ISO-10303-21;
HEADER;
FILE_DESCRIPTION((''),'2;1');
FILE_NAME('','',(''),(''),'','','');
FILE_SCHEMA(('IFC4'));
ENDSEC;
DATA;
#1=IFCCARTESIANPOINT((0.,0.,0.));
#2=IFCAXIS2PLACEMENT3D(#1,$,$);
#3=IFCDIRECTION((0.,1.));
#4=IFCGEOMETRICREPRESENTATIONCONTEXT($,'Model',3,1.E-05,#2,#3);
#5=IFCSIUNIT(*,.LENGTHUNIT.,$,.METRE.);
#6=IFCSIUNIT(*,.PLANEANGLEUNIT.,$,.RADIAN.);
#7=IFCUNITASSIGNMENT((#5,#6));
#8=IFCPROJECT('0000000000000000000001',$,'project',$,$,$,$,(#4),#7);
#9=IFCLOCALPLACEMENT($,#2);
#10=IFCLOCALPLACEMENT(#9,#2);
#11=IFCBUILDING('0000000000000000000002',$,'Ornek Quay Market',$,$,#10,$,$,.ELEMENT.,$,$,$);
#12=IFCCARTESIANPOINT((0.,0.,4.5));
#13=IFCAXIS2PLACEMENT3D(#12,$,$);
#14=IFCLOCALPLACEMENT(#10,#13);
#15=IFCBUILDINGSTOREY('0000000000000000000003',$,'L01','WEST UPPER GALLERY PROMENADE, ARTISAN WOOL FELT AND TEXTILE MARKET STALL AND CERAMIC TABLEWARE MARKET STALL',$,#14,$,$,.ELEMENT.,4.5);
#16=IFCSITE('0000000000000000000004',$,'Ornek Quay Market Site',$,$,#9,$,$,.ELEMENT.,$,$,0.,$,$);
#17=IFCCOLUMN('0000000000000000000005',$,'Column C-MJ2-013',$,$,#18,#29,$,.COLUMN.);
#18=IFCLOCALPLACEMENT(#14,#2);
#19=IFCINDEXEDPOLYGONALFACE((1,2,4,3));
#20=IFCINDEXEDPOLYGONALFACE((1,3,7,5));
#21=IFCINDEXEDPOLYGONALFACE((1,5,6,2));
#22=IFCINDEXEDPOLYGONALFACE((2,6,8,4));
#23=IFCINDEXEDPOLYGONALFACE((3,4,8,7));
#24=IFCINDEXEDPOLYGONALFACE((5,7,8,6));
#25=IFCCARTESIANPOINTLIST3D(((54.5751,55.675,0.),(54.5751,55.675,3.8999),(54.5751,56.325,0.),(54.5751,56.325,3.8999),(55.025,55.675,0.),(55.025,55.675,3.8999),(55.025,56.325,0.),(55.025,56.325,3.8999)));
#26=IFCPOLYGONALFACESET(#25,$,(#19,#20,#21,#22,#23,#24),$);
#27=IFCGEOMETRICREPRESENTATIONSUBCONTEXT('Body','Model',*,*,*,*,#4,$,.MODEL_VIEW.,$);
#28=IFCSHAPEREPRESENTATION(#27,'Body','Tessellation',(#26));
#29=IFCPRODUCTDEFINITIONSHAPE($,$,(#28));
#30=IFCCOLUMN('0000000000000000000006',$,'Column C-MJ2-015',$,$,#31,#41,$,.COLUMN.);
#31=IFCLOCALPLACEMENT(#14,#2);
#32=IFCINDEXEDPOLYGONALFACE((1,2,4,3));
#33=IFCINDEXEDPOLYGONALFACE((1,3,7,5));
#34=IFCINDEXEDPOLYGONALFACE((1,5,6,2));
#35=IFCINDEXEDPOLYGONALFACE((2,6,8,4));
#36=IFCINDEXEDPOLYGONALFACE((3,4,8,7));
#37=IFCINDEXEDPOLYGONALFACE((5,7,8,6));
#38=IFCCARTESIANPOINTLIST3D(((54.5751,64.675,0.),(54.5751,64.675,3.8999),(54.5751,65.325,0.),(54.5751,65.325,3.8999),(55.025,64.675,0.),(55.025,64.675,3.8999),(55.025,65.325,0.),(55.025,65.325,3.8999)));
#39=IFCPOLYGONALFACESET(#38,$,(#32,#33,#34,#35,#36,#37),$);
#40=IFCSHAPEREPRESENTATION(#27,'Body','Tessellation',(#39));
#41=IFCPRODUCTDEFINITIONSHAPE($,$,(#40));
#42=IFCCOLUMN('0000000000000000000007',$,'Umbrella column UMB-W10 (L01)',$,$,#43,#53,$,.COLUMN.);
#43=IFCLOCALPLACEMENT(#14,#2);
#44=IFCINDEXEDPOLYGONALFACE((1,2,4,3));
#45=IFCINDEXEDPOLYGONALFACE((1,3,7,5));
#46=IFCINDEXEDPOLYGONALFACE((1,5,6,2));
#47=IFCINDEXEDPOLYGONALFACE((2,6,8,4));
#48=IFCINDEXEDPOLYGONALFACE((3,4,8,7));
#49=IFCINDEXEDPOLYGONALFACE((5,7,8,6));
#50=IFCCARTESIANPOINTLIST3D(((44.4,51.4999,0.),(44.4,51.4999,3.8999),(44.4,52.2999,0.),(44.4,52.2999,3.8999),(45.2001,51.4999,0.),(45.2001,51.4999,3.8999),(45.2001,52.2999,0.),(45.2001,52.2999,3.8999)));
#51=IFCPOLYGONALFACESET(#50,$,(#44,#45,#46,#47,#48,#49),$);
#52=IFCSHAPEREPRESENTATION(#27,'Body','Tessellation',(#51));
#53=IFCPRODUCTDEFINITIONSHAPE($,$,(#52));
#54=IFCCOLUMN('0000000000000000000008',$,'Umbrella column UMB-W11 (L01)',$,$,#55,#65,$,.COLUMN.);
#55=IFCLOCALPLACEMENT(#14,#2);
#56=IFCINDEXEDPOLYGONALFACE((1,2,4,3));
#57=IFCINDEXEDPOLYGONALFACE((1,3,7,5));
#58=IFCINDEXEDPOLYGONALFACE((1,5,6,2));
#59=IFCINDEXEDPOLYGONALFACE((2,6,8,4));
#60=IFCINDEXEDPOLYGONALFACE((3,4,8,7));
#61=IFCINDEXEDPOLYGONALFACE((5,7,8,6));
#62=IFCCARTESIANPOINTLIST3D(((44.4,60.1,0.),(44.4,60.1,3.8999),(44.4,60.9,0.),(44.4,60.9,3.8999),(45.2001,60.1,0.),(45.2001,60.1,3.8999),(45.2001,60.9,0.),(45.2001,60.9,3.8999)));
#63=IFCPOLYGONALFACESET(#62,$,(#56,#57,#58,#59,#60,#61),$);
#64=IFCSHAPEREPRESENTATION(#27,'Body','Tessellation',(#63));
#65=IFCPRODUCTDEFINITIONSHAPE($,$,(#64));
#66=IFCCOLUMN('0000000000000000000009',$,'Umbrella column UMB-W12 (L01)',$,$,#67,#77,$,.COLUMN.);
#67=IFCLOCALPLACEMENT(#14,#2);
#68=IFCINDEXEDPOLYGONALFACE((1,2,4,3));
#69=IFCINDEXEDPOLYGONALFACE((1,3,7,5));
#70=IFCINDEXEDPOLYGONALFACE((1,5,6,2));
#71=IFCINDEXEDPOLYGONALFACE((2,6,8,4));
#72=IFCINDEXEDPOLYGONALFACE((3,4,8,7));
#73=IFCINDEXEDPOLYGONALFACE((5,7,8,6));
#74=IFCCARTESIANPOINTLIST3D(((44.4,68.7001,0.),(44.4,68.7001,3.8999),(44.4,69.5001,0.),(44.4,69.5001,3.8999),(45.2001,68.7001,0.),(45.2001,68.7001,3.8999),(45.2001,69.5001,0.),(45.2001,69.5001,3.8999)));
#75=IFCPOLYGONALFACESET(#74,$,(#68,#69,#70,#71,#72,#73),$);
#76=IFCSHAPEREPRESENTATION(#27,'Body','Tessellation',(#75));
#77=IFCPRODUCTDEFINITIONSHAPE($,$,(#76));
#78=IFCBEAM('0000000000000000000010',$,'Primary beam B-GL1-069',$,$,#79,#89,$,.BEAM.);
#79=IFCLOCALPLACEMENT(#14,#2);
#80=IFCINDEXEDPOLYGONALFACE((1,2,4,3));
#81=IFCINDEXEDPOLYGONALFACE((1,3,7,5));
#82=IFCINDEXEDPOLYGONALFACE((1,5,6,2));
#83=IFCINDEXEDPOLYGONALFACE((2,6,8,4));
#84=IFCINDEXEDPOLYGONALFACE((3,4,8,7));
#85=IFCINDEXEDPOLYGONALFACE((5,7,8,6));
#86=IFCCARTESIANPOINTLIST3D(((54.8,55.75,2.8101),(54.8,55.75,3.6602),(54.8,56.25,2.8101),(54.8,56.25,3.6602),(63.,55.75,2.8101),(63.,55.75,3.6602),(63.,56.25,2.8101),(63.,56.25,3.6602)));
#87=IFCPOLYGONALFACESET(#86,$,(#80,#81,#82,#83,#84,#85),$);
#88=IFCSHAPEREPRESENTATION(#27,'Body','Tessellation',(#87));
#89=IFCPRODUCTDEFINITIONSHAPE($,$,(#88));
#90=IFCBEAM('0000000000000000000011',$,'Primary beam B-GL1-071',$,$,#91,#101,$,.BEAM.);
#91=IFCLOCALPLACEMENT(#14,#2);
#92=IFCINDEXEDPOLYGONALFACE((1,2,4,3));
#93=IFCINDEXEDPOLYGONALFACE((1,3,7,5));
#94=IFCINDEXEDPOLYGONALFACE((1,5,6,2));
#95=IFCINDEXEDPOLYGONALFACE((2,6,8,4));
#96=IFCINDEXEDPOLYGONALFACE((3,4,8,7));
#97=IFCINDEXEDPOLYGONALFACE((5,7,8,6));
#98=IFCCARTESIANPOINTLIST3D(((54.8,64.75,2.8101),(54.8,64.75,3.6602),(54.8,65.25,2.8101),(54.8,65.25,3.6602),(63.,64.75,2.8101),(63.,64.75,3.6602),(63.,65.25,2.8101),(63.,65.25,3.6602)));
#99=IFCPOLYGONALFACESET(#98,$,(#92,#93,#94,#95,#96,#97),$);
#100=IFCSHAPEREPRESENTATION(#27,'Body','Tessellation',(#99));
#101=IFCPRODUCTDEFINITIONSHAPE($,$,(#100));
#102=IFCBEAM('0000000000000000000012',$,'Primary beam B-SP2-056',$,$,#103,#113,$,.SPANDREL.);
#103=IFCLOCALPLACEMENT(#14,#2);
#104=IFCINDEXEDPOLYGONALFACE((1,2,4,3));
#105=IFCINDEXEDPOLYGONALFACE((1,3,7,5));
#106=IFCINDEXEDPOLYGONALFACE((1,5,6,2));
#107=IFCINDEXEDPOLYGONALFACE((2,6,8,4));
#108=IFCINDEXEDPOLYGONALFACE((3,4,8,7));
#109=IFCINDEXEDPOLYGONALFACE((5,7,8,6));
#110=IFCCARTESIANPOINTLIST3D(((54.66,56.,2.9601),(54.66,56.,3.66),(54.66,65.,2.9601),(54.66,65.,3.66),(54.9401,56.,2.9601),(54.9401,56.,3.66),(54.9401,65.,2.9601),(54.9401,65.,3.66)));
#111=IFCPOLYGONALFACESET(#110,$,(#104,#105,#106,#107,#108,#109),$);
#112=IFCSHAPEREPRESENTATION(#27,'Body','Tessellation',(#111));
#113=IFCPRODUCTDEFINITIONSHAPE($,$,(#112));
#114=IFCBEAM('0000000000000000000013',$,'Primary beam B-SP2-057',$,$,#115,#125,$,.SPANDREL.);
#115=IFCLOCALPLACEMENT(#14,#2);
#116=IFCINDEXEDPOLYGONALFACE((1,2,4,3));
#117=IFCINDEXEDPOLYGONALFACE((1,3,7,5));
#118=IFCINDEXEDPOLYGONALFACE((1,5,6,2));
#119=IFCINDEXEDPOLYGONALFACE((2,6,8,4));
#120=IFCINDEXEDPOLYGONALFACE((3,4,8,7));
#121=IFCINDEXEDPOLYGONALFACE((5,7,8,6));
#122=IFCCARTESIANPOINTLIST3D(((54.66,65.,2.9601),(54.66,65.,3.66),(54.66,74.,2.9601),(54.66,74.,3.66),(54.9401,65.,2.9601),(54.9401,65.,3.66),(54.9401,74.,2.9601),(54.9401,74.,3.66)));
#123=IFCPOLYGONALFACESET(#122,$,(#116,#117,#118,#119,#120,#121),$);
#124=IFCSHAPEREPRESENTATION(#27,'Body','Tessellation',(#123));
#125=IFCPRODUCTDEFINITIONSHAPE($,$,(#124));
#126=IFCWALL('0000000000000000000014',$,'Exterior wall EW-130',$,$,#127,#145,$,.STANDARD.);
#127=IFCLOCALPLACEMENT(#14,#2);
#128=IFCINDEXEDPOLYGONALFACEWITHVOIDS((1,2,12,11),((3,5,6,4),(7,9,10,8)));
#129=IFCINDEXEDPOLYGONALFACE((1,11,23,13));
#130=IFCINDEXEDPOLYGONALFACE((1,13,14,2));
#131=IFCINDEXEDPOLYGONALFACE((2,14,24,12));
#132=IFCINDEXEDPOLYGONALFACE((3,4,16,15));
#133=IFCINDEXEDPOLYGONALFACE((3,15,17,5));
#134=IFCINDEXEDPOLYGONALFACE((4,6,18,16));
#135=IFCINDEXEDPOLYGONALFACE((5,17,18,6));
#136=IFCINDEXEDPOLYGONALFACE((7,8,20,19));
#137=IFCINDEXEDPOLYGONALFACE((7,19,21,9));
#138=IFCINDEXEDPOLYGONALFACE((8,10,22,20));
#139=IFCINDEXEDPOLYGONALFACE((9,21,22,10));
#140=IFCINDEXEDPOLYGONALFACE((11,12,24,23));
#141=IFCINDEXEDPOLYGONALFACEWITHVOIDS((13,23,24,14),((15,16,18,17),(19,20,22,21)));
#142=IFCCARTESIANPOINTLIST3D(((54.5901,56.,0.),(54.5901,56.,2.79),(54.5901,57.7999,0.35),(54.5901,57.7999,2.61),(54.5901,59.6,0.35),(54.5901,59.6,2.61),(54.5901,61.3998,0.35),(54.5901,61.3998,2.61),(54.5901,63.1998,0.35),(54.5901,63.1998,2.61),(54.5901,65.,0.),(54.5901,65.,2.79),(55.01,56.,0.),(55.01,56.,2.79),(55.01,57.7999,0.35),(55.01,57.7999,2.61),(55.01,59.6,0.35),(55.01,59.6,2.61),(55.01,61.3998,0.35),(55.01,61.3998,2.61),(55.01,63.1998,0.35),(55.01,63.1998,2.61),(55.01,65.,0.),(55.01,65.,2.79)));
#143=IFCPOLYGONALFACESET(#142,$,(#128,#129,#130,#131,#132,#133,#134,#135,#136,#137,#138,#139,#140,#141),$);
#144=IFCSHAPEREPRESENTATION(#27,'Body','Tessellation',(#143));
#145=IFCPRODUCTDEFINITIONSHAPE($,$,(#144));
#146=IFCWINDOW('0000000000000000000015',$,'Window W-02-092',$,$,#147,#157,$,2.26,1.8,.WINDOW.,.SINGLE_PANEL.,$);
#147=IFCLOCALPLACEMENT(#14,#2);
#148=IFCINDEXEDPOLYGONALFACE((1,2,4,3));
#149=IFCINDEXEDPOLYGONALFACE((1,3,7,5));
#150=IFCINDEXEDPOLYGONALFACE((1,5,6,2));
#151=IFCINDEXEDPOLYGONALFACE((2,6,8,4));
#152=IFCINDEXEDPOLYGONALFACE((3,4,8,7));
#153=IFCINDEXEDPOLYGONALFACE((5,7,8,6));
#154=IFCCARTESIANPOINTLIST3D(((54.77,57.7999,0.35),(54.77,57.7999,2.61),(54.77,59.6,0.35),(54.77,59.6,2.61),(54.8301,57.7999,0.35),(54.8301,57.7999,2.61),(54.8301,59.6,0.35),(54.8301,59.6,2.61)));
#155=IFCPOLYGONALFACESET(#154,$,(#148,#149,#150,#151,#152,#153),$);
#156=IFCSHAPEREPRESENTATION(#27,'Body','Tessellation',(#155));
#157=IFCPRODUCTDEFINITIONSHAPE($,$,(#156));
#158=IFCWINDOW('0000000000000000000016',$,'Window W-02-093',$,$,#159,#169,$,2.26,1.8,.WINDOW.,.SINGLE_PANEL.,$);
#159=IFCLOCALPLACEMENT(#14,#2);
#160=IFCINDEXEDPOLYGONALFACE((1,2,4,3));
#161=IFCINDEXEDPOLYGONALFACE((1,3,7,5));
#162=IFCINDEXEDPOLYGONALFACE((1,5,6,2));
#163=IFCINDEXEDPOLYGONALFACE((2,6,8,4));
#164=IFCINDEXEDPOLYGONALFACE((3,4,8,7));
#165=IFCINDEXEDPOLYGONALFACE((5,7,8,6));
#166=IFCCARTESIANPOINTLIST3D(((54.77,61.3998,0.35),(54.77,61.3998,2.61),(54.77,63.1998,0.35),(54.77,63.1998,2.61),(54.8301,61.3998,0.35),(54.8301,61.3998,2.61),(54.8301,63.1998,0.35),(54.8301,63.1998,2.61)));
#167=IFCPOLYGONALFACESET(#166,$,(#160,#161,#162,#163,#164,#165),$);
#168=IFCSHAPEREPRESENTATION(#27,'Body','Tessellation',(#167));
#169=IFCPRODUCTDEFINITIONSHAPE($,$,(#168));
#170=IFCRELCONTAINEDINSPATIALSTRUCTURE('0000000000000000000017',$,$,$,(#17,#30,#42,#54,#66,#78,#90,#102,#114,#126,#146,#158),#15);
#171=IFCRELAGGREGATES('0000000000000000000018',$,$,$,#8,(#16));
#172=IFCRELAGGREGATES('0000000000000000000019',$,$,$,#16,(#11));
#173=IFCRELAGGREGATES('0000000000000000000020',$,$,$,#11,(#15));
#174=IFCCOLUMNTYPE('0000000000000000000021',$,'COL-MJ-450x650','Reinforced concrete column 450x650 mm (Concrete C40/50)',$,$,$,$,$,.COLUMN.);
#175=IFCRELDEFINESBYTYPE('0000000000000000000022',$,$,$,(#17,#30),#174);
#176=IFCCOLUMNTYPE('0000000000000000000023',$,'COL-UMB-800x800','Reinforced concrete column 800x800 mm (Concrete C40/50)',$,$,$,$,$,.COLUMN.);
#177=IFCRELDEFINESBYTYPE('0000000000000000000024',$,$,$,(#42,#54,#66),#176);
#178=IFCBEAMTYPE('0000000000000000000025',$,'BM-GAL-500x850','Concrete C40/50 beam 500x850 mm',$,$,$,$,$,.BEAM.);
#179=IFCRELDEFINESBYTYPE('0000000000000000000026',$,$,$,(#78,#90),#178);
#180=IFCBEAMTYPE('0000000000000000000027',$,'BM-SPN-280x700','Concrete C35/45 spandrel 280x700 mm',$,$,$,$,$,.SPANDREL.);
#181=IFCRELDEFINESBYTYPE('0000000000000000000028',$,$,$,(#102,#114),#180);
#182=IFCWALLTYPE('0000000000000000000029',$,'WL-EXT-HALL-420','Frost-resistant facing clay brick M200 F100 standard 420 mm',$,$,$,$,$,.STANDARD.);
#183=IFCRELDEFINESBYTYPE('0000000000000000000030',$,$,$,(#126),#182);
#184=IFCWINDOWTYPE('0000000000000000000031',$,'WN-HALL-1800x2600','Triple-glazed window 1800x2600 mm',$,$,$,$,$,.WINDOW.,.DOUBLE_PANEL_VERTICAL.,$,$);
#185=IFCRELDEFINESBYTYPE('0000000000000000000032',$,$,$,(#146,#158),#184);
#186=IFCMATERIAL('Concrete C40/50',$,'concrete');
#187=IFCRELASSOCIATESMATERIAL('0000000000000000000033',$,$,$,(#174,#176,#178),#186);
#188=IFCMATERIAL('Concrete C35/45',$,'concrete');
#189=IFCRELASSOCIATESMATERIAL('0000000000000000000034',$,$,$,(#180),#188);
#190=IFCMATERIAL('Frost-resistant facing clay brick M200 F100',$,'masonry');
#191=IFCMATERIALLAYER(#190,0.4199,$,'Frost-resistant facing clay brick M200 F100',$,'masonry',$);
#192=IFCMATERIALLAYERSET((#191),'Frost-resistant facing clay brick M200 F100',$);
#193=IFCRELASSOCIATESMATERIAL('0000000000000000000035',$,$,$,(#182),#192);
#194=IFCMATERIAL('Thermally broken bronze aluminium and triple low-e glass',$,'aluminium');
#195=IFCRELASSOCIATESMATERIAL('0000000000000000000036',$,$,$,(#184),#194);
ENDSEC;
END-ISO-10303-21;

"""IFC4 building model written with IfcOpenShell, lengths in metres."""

from ifc_helpers import new_model, si_unit, direction, frame, frame_2d, origin, origin_2d, place, context, subcontext, project, spatial, rectangle, extrude, material, layer, layer_set, material_profile, profile_set, type_object, element, fill, save


model = new_model("IFC4")

# Units and contexts
model_context = context("Model", 3, precision=1e-05, world=origin(), true_north=direction((0.0, 1.0)))
body_context = subcontext(model_context, "Body", "Model", "MODEL_VIEW")
ifc_project = project(units=[si_unit("LENGTHUNIT", "METRE"), si_unit("PLANEANGLEUNIT", "RADIAN")], contexts=[model_context])

# Site, building, storey
site_placement = place(None, origin())
site = spatial("IfcSite", under=ifc_project, at=site_placement, Name="Ornek Quay Market Site", CompositionType="ELEMENT", RefElevation=0.0)
building_placement = place(site_placement, origin())
building = spatial("IfcBuilding", under=site, at=building_placement, Name="Ornek Quay Market", CompositionType="ELEMENT")
storey_placement = place(building_placement, frame((0.0, 0.0, 4.5)))
storey = spatial("IfcBuildingStorey", under=building, at=storey_placement, Name="L01", Description="WEST UPPER GALLERY PROMENADE, ARTISAN WOOL FELT AND TEXTILE MARKET STALL AND CERAMIC TABLEWARE MARKET STALL", CompositionType="ELEMENT", Elevation=4.5)

# Columns
ifc_material_1 = material(Name="Concrete C40/50", Category="concrete")
ifc_material_profile_1 = material_profile(ifc_material_1, rectangle(XDim=0.45, YDim=0.6499, at=origin_2d()), Name="RC 450x650", Category="concrete")
ifc_profile_set_1 = profile_set([ifc_material_profile_1], Name="Concrete C40/50")
column_type_1 = type_object("IfcColumnType", Name="COL-MJ-450x650", Description="Reinforced concrete column 450x650 mm (Concrete C40/50)", PredefinedType="COLUMN", material=ifc_profile_set_1)
for number, where, z_axis, x_axis, name in (
    (1, (54.8, 56.0, 0.0), (0.0, 0.0, 1.0), (1.0, 0.0, 0.0), "Column C-MJ2-013"),
    (2, (54.8, 65.0, 0.0), (0.0, 0.0, 1.0), (1.0, 0.0, 0.0), "Column C-MJ2-015"),
):
    element("IfcColumn", number, at=place(storey_placement, frame(where, z_axis=z_axis, x_axis=x_axis)), inside=storey, type_object=column_type_1, Name=name, PredefinedType="COLUMN", context=body_context, shape_type="SweptSolid", body=[
        extrude(rectangle(XDim=0.45, YDim=0.6499, at=origin_2d()), origin(), (0.0, 0.0, 1.0), 3.8999),
    ])
ifc_material_profile_2 = material_profile(ifc_material_1, rectangle(XDim=0.8, YDim=0.8, at=origin_2d()), Name="RC 800x800", Category="concrete")
ifc_profile_set_2 = profile_set([ifc_material_profile_2], Name="Concrete C40/50")
column_type_2 = type_object("IfcColumnType", Name="COL-UMB-800x800", Description="Reinforced concrete column 800x800 mm (Concrete C40/50)", PredefinedType="COLUMN", material=ifc_profile_set_2)
for number, where, z_axis, x_axis, name in (
    (3, (44.8, 51.8999, 0.0), (0.0, 0.0, 1.0), (1.0, 0.0, 0.0), "Umbrella column UMB-W10 (L01)"),
    (4, (44.8, 60.5, 0.0), (0.0, 0.0, 1.0), (1.0, 0.0, 0.0), "Umbrella column UMB-W11 (L01)"),
    (5, (44.8, 69.1001, 0.0), (0.0, 0.0, 1.0), (1.0, 0.0, 0.0), "Umbrella column UMB-W12 (L01)"),
):
    element("IfcColumn", number, at=place(storey_placement, frame(where, z_axis=z_axis, x_axis=x_axis)), inside=storey, type_object=column_type_2, Name=name, PredefinedType="COLUMN", context=body_context, shape_type="SweptSolid", body=[
        extrude(rectangle(XDim=0.8, YDim=0.8, at=origin_2d()), origin(), (0.0, 0.0, 1.0), 3.8999),
    ])

# Beams
ifc_material_profile_3 = material_profile(ifc_material_1, rectangle(XDim=0.5, YDim=0.8501, at=origin_2d()), Name="RC 500x850", Category="concrete")
ifc_profile_set_3 = profile_set([ifc_material_profile_3], Name="Concrete C40/50")
beam_type_1 = type_object("IfcBeamType", Name="BM-GAL-500x850", Description="Concrete C40/50 beam 500x850 mm", PredefinedType="BEAM", material=ifc_profile_set_3)
for number, where, z_axis, x_axis, name in (
    (6, (54.8, 56.0, 3.2351), (1.0, 0.0, 0.0), (0.0, 1.0, 0.0), "Primary beam B-GL1-069"),
    (7, (54.8, 65.0, 3.2351), (1.0, 0.0, 0.0), (0.0, 1.0, 0.0), "Primary beam B-GL1-071"),
):
    element("IfcBeam", number, at=place(storey_placement, frame(where, z_axis=z_axis, x_axis=x_axis)), inside=storey, type_object=beam_type_1, Name=name, PredefinedType="BEAM", context=body_context, shape_type="SweptSolid", body=[
        extrude(rectangle(XDim=0.5, YDim=0.8501, at=origin_2d()), origin(), (0.0, 0.0, 1.0), 8.2),
    ])
ifc_material_2 = material(Name="Concrete C35/45", Category="concrete")
ifc_material_profile_4 = material_profile(ifc_material_2, rectangle(XDim=0.28, YDim=0.7, at=origin_2d()), Name="RC 280x700", Category="concrete")
ifc_profile_set_4 = profile_set([ifc_material_profile_4], Name="Concrete C35/45")
beam_type_2 = type_object("IfcBeamType", Name="BM-SPN-280x700", Description="Concrete C35/45 spandrel 280x700 mm", PredefinedType="SPANDREL", material=ifc_profile_set_4)
for number, where, z_axis, x_axis, name in (
    (8, (54.8, 56.0, 3.3101), (0.0, 1.0, 0.0), (-1.0, 0.0, 0.0), "Primary beam B-SP2-056"),
    (9, (54.8, 65.0, 3.3101), (0.0, 1.0, 0.0), (-1.0, 0.0, 0.0), "Primary beam B-SP2-057"),
):
    element("IfcBeam", number, at=place(storey_placement, frame(where, z_axis=z_axis, x_axis=x_axis)), inside=storey, type_object=beam_type_2, Name=name, PredefinedType="SPANDREL", context=body_context, shape_type="SweptSolid", body=[
        extrude(rectangle(XDim=0.28, YDim=0.7, at=origin_2d()), origin(), (0.0, 0.0, 1.0), 9.0),
    ])

# Wall, openings, windows
ifc_material_3 = material(Name="Frost-resistant facing clay brick M200 F100", Category="masonry")
ifc_layer_1 = layer(ifc_material_3, 0.4199, Name="Frost-resistant facing clay brick M200 F100", Category="masonry")
ifc_layer_set_1 = layer_set([ifc_layer_1], Name="Frost-resistant facing clay brick M200 F100")
wall_type = type_object("IfcWallType", Name="WL-EXT-HALL-420", Description="Frost-resistant facing clay brick M200 F100 standard 420 mm", PredefinedType="STANDARD", material=ifc_layer_set_1)
wall_placement = place(storey_placement, frame((54.8, 56.0, 0.0), z_axis=(0.0, 0.0, 1.0), x_axis=(0.0, 1.0, 0.0)))
wall = element("IfcWall", 10, at=wall_placement, inside=storey, type_object=wall_type, Name="Exterior wall EW-130", PredefinedType="STANDARD", context=body_context, shape_type="SweptSolid", body=[
    extrude(rectangle(XDim=9.0, YDim=0.4199, at=frame_2d((4.5, 0.0))), origin(), (0.0, 0.0, 1.0), 2.79),
])
opening_1_placement = place(wall_placement, frame((1.8, 0.0, 0.3501)))
opening_1 = element("IfcOpeningElement", 11, at=opening_1_placement, cuts=wall, PredefinedType="OPENING", context=body_context, shape_type="SweptSolid", body=[
    extrude(rectangle(XDim=1.8, YDim=2.26, at=frame_2d((0.8999, 1.1299))), frame((0.0, 0.22, 0.0), z_axis=(0.0, -1.0, 0.0), x_axis=(1.0, 0.0, 0.0)), (0.0, 0.0, 1.0), 0.4399),
])
opening_2_placement = place(wall_placement, frame((5.3999, 0.0, 0.3501)))
opening_2 = element("IfcOpeningElement", 12, at=opening_2_placement, cuts=wall, PredefinedType="OPENING", context=body_context, shape_type="SweptSolid", body=[
    extrude(rectangle(XDim=1.8, YDim=2.26, at=frame_2d((0.8999, 1.1299))), frame((0.0, 0.22, 0.0), z_axis=(0.0, -1.0, 0.0), x_axis=(1.0, 0.0, 0.0)), (0.0, 0.0, 1.0), 0.4399),
])
ifc_material_4 = material(Name="Thermally broken bronze aluminium and triple low-e glass", Category="aluminium")
window_type = type_object("IfcWindowType", Name="WN-HALL-1800x2600", Description="Triple-glazed window 1800x2600 mm", PartitioningType="DOUBLE_PANEL_VERTICAL", PredefinedType="WINDOW", material=ifc_material_4)
window_1_placement = place(opening_1_placement, origin())
window_1 = element("IfcWindow", 13, at=window_1_placement, inside=storey, type_object=window_type, Name="Window W-02-092", OverallHeight=2.26, OverallWidth=1.8, PartitioningType="SINGLE_PANEL", PredefinedType="WINDOW", context=body_context, shape_type="SweptSolid", body=[
    extrude(rectangle(XDim=1.8, YDim=2.26, at=frame_2d((0.8999, 1.1299))), frame((0.0, 0.03, 0.0), z_axis=(0.0, -1.0, 0.0), x_axis=(1.0, 0.0, 0.0)), (0.0, 0.0, 1.0), 0.0601),
])
fill(opening_1, window_1)
window_2_placement = place(opening_2_placement, origin())
window_2 = element("IfcWindow", 14, at=window_2_placement, inside=storey, type_object=window_type, Name="Window W-02-093", OverallHeight=2.26, OverallWidth=1.8, PartitioningType="SINGLE_PANEL", PredefinedType="WINDOW", context=body_context, shape_type="SweptSolid", body=[
    extrude(rectangle(XDim=1.8, YDim=2.26, at=frame_2d((0.8999, 1.1299))), frame((0.0, 0.03, 0.0), z_axis=(0.0, -1.0, 0.0), x_axis=(1.0, 0.0, 0.0)), (0.0, 0.0, 1.0), 0.0601),
])
fill(opening_2, window_2)

save(model, "model.ifc")
